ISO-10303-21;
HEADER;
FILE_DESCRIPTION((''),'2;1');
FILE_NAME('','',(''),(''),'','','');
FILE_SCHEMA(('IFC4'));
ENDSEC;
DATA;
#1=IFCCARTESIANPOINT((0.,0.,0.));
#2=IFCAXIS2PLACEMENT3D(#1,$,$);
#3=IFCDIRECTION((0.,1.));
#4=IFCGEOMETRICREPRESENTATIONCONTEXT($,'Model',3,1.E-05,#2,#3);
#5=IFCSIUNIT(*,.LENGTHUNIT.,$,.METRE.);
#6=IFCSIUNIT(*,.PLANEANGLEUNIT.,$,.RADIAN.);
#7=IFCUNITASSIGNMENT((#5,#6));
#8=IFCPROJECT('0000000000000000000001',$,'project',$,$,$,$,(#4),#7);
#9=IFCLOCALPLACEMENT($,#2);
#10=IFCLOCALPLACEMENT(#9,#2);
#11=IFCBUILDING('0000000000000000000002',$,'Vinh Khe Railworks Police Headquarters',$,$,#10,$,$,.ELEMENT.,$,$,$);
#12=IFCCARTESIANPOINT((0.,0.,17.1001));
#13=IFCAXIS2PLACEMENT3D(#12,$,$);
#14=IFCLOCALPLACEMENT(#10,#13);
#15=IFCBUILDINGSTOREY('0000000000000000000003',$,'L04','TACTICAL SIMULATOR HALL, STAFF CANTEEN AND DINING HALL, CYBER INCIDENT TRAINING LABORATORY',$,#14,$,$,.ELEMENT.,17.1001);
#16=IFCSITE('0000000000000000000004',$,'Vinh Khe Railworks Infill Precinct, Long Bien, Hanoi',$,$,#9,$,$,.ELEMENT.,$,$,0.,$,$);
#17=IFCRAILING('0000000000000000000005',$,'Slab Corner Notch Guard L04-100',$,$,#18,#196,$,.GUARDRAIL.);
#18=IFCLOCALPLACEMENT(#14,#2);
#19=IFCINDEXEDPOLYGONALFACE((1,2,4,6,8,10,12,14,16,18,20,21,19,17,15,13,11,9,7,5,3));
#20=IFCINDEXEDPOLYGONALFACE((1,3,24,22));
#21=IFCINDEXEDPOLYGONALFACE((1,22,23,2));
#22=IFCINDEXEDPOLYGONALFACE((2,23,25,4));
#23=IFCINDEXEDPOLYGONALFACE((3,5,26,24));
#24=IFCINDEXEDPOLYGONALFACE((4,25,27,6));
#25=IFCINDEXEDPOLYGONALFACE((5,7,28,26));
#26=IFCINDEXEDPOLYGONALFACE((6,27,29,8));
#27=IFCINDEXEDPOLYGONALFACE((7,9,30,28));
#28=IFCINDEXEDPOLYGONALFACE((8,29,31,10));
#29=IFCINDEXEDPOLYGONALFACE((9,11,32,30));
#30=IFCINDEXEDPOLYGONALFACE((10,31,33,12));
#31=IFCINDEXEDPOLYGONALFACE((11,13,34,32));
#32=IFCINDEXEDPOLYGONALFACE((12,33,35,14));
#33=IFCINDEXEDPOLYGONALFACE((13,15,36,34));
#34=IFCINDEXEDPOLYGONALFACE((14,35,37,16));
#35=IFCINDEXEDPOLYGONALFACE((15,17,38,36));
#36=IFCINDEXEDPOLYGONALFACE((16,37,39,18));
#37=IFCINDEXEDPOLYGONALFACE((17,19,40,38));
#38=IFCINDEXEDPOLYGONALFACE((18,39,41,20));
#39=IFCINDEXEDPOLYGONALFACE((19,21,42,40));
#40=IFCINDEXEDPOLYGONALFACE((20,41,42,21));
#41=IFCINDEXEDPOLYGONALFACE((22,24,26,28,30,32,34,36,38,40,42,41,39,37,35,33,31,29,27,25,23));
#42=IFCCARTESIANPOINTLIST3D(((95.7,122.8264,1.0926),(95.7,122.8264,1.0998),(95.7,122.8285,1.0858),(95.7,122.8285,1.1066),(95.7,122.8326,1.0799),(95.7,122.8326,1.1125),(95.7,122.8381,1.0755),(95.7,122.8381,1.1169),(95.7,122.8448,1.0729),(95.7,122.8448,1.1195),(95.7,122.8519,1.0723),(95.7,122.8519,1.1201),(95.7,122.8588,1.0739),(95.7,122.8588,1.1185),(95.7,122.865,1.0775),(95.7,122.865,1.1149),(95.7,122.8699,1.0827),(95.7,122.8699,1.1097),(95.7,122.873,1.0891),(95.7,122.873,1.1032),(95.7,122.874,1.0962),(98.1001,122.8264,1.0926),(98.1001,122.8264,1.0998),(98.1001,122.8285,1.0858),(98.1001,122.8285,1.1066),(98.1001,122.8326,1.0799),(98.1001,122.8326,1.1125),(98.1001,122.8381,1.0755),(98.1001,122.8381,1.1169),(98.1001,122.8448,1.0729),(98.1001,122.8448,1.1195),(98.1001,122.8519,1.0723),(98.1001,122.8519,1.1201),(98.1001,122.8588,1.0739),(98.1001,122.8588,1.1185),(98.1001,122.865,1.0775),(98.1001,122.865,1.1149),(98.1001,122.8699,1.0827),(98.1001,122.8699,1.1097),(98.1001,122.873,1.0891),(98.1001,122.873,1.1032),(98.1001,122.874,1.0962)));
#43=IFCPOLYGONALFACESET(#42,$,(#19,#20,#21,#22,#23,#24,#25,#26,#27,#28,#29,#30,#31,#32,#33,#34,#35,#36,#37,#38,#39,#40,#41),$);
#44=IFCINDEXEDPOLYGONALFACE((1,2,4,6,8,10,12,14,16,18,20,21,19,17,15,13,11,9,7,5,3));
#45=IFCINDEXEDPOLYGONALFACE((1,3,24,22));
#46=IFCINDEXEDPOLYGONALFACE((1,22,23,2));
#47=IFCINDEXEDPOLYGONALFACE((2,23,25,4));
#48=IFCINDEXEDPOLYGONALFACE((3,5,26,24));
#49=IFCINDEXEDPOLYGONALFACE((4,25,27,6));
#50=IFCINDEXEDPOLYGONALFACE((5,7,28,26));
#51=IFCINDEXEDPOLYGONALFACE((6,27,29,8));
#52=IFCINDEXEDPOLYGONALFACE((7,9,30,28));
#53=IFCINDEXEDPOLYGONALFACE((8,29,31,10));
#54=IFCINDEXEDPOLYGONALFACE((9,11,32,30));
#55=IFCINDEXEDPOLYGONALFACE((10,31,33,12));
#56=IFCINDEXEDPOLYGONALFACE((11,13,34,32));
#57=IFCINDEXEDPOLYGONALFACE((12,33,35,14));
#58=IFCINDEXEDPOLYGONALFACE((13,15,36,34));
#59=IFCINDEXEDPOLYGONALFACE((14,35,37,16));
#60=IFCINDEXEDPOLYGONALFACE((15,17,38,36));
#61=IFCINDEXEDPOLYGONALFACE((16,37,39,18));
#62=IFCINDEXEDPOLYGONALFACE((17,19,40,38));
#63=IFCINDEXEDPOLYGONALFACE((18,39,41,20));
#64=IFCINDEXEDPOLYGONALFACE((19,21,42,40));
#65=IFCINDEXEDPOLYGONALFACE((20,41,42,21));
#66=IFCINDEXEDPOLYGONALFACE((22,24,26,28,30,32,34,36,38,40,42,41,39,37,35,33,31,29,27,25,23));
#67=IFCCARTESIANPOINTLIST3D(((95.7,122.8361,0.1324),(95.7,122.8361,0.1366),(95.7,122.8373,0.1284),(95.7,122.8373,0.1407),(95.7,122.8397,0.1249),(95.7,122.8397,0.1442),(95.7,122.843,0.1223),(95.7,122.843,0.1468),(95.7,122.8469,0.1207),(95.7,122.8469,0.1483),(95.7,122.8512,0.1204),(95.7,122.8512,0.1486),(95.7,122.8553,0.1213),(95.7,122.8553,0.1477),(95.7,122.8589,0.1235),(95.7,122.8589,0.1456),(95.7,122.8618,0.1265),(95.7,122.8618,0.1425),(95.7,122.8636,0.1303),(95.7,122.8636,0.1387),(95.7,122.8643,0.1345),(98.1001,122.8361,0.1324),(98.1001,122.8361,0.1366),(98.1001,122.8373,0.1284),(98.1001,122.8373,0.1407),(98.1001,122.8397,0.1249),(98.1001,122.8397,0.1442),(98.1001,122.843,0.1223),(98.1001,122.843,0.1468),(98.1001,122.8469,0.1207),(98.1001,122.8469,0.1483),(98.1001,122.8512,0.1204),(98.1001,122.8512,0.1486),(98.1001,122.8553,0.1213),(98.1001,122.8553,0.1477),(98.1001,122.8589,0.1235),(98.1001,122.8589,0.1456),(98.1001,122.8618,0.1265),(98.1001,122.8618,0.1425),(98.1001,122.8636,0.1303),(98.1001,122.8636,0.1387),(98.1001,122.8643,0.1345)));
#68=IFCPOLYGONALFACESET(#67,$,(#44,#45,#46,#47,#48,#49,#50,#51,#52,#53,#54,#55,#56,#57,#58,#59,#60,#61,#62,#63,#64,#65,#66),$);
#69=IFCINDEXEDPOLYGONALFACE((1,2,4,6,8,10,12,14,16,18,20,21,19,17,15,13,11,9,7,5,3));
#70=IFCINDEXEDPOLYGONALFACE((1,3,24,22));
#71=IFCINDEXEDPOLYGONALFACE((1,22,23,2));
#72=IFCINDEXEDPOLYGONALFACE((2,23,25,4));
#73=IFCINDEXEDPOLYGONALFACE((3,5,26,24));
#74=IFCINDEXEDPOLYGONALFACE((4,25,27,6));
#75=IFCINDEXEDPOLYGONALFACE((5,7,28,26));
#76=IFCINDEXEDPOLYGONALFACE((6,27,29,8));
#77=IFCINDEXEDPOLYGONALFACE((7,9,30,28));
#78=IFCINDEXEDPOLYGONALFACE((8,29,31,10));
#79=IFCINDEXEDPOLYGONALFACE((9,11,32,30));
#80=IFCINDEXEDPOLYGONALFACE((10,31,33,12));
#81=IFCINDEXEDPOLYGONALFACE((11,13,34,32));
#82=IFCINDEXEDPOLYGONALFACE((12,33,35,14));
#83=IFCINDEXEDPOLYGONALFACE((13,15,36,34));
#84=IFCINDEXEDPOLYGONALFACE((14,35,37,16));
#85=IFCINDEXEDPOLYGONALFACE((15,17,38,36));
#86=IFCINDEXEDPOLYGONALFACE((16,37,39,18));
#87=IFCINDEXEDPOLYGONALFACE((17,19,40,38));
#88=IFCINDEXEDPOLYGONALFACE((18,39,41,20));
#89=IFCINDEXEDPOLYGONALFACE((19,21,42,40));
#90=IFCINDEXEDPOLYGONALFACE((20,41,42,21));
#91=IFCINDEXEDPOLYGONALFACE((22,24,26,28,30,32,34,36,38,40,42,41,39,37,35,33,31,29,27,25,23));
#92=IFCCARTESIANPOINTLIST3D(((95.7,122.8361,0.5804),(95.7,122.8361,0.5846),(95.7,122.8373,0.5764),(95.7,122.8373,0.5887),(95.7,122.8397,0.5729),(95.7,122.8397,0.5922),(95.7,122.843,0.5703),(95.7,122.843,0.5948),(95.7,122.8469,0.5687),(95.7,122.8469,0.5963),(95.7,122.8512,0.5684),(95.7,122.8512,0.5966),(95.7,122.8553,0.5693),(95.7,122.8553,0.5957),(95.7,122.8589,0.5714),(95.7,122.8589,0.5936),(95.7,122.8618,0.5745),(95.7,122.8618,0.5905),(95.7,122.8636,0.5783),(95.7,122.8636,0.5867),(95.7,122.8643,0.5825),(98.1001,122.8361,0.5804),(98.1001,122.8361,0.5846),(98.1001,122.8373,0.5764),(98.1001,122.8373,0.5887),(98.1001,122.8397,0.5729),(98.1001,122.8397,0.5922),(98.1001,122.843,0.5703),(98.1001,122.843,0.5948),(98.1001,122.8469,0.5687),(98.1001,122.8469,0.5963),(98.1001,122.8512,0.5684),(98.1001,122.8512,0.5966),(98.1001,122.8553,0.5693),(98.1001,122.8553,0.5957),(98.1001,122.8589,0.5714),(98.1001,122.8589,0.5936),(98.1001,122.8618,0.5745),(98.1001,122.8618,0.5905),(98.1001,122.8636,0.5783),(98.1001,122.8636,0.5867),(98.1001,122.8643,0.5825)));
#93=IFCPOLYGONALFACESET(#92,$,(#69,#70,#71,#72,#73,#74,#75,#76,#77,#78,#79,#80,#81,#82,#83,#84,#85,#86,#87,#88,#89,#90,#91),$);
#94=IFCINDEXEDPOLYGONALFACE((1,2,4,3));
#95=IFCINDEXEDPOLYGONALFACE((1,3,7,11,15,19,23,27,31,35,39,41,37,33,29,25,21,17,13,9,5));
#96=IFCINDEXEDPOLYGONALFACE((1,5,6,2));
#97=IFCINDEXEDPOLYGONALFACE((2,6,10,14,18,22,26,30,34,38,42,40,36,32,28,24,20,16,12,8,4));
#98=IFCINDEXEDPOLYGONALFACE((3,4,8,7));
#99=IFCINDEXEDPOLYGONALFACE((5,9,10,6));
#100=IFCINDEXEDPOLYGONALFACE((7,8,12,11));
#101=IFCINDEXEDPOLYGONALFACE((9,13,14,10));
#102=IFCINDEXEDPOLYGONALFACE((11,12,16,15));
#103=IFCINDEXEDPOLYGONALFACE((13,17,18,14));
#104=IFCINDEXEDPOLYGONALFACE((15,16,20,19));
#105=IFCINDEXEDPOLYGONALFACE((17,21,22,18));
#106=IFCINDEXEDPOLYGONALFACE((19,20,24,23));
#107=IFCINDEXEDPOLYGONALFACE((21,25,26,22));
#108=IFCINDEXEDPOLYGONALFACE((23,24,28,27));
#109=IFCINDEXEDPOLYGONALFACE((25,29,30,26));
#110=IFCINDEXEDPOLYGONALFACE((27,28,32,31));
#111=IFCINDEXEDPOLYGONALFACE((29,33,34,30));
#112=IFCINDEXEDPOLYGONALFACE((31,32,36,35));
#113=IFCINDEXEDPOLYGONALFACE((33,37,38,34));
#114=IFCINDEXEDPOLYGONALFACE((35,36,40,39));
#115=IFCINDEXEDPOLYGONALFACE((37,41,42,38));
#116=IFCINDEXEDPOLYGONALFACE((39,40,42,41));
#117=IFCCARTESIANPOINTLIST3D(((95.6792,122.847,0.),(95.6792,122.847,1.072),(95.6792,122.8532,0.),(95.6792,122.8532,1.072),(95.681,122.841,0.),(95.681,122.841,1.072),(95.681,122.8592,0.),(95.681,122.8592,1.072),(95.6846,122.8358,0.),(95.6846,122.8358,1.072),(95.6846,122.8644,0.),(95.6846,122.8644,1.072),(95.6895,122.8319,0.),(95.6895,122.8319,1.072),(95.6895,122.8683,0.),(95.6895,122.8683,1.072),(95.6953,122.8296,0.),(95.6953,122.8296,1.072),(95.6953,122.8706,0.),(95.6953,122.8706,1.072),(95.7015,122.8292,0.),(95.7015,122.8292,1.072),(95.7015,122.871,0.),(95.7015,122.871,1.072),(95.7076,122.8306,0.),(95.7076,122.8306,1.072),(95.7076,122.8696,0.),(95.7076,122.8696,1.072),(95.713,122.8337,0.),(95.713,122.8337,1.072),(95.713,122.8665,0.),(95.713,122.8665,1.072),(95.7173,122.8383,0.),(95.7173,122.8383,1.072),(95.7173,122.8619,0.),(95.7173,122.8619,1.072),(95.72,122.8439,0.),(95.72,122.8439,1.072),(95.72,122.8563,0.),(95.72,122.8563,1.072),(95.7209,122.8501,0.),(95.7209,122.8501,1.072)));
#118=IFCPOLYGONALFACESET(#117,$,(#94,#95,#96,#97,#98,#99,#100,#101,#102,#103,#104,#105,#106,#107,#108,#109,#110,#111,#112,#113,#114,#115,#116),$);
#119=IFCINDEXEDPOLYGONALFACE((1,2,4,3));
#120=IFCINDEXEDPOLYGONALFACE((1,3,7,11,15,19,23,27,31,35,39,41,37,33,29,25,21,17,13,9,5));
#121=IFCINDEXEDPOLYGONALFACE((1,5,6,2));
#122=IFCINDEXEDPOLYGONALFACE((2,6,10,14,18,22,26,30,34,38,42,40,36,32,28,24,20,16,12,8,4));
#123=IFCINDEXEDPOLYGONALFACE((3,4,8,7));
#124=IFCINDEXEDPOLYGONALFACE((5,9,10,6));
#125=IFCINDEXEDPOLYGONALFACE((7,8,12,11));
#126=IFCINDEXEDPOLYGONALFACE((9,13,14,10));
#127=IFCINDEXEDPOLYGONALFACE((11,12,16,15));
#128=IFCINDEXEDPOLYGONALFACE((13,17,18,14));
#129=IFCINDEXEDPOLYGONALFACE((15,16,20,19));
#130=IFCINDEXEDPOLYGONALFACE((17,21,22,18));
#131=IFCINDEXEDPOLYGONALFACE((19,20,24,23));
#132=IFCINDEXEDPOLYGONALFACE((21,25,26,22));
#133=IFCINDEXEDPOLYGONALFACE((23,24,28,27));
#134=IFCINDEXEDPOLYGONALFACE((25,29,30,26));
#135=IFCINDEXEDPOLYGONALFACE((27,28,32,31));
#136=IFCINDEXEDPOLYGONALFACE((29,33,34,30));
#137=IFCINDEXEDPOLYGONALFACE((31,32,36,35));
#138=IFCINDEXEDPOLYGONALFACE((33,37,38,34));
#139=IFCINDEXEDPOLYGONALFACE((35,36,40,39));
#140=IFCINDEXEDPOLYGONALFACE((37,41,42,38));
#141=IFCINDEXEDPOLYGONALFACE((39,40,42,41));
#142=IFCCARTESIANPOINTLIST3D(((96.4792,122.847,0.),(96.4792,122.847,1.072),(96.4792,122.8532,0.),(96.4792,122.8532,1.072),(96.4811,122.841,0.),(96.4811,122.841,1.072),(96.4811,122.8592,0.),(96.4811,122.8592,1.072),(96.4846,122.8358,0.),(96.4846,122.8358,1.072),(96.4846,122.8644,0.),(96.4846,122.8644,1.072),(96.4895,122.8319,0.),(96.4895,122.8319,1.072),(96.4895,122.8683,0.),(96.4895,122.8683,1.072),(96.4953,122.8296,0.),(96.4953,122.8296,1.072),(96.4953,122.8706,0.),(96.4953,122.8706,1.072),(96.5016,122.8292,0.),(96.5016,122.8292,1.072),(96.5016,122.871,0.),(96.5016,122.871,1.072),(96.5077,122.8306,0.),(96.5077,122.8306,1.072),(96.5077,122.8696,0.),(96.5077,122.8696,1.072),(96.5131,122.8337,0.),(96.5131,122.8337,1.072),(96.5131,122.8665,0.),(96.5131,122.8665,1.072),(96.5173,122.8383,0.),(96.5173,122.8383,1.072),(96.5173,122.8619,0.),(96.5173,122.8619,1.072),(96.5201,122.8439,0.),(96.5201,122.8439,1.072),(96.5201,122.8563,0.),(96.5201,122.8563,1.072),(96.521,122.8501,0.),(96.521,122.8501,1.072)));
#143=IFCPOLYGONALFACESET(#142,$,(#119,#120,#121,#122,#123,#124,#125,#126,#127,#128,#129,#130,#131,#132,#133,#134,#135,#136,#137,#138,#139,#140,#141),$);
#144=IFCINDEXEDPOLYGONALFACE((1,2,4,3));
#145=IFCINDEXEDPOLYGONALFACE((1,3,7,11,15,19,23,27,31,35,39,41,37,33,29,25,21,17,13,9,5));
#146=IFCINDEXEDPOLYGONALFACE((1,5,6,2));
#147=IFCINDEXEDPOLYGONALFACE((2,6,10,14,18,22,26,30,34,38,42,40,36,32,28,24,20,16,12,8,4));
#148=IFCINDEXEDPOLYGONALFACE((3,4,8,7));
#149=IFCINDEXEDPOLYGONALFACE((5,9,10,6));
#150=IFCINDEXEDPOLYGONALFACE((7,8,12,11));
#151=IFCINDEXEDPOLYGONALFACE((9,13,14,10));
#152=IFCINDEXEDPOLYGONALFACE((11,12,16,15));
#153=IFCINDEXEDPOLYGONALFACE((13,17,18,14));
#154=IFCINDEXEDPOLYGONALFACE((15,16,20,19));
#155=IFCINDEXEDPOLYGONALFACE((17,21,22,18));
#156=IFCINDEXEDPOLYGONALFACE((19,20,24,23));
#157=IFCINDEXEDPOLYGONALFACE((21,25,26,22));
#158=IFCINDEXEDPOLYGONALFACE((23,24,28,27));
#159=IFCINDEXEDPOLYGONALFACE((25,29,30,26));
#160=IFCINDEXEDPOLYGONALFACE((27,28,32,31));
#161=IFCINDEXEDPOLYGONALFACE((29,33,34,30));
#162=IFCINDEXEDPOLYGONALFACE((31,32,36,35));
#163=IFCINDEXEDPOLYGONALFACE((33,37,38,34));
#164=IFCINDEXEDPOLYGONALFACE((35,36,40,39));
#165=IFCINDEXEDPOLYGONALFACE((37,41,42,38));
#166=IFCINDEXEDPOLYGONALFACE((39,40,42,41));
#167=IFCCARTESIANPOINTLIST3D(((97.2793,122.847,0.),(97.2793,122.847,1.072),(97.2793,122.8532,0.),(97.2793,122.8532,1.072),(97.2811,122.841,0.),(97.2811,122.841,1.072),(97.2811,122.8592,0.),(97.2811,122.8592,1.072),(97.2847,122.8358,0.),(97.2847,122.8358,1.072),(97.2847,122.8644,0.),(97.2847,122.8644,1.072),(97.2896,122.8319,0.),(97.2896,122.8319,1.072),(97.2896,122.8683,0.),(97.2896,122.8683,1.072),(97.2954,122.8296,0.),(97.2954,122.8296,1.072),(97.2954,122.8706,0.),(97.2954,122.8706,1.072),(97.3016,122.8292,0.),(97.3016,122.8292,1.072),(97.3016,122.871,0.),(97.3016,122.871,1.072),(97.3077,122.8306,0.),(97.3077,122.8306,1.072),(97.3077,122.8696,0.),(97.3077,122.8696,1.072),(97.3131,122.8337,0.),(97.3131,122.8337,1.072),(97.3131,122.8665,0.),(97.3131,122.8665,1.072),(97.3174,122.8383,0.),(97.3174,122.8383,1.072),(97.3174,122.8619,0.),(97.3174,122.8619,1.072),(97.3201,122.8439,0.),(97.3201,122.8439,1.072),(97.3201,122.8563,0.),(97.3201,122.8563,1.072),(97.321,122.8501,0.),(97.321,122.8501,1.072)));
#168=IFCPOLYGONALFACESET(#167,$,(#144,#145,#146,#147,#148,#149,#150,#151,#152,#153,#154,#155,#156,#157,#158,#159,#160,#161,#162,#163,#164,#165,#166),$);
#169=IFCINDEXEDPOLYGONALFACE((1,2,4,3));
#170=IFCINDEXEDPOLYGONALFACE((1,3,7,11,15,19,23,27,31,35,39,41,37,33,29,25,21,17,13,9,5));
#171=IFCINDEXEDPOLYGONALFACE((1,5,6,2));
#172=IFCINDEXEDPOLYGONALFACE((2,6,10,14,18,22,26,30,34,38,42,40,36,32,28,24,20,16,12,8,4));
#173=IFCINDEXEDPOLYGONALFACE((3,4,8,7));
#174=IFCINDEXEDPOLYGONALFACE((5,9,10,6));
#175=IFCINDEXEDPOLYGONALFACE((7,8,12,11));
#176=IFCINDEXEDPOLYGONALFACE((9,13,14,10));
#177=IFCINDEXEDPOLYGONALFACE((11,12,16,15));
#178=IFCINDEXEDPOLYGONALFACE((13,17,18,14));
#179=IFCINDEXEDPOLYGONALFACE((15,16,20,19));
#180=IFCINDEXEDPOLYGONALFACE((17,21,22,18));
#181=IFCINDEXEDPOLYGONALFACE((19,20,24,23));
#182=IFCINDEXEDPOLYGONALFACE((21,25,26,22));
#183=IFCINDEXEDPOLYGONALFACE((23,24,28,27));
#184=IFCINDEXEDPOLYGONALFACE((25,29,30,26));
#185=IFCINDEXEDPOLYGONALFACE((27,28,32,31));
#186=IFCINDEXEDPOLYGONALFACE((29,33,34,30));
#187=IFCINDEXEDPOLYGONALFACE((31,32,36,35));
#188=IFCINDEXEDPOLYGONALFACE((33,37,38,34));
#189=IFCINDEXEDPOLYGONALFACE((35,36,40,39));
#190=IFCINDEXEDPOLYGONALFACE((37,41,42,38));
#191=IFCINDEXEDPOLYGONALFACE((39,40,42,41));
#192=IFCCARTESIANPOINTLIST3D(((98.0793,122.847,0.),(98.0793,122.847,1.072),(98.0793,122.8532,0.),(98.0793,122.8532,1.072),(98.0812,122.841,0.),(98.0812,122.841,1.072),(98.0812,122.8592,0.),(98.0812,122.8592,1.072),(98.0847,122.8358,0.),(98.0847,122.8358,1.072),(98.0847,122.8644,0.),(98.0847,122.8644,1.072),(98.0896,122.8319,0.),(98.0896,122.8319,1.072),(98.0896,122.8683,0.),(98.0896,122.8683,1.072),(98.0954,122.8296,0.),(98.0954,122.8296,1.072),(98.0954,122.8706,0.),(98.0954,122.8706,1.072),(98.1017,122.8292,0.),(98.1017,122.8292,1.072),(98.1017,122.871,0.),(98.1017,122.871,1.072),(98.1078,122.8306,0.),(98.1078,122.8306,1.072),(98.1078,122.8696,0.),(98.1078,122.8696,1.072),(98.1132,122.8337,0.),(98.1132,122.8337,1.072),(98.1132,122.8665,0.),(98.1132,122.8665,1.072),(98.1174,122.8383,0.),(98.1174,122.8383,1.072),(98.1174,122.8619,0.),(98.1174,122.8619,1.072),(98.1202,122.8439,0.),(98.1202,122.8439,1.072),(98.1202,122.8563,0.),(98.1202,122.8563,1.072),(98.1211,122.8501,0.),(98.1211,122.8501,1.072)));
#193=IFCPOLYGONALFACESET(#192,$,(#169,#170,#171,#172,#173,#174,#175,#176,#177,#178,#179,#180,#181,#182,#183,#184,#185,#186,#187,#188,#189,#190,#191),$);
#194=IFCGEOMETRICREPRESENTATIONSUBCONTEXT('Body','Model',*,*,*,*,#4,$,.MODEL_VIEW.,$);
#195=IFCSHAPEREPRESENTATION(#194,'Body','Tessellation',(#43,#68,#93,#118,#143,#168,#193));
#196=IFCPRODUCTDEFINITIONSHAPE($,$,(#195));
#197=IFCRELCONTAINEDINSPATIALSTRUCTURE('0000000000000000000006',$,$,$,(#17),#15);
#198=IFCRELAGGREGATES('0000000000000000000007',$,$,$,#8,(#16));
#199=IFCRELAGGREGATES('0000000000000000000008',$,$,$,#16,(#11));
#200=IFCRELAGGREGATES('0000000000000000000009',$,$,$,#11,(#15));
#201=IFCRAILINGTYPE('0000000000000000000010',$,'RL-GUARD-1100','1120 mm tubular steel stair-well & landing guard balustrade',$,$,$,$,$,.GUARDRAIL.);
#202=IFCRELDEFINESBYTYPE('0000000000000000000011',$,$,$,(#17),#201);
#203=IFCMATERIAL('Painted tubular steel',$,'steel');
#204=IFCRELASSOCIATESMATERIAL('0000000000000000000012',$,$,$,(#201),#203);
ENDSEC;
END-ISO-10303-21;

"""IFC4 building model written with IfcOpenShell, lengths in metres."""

from ifc_helpers import new_model, si_unit, direction, frame, origin, origin_2d, place, context, subcontext, project, spatial, circle, extrude, material, type_object, element, save


model = new_model("IFC4")

# Units and contexts
model_context = context("Model", 3, precision=1e-05, world=origin(), true_north=direction((0.0, 1.0)))
body_context = subcontext(model_context, "Body", "Model", "MODEL_VIEW")
ifc_project = project(units=[si_unit("LENGTHUNIT", "METRE"), si_unit("PLANEANGLEUNIT", "RADIAN")], contexts=[model_context])

# Site, building, storey
site_placement = place(None, origin())
site = spatial("IfcSite", under=ifc_project, at=site_placement, Name="Vinh Khe Railworks Infill Precinct, Long Bien, Hanoi", CompositionType="ELEMENT", RefElevation=0.0)
building_placement = place(site_placement, origin())
building = spatial("IfcBuilding", under=site, at=building_placement, Name="Vinh Khe Railworks Police Headquarters", CompositionType="ELEMENT")
storey_placement = place(building_placement, frame((0.0, 0.0, 17.1001)))
storey = spatial("IfcBuildingStorey", under=building, at=storey_placement, Name="L04", Description="TACTICAL SIMULATOR HALL, STAFF CANTEEN AND DINING HALL, CYBER INCIDENT TRAINING LABORATORY", CompositionType="ELEMENT", Elevation=17.1001)

# Railing
ifc_material_1 = material(Name="Painted tubular steel", Category="steel")
railing_type = type_object("IfcRailingType", Name="RL-GUARD-1100", Description="1120 mm tubular steel stair-well & landing guard balustrade", PredefinedType="GUARDRAIL", material=ifc_material_1)
railing_1_placement = place(storey_placement, frame((95.7, 122.8501, 0.0)))
element("IfcRailing", 1, at=railing_1_placement, inside=storey, type_object=railing_type, Name="Slab Corner Notch Guard L04-100", PredefinedType="GUARDRAIL", context=body_context, shape_type="SweptSolid", body=[
    extrude(circle(Radius=0.0239, at=origin_2d()), frame((0.0, 0.0, 1.0962), z_axis=(1.0, 0.0, 0.0), x_axis=(0.0, 1.0, 0.0)), (0.0, 0.0, 1.0), 2.4001),
    extrude(circle(Radius=0.0142, at=origin_2d()), frame((0.0, 0.0, 0.1345), z_axis=(1.0, 0.0, 0.0), x_axis=(0.0, 1.0, 0.0)), (0.0, 0.0, 1.0), 2.4001),
    extrude(circle(Radius=0.0142, at=origin_2d()), frame((0.0, 0.0, 0.5825), z_axis=(1.0, 0.0, 0.0), x_axis=(0.0, 1.0, 0.0)), (0.0, 0.0, 1.0), 2.4001),
    extrude(circle(Radius=0.021, at=origin_2d()), origin(), (0.0, 0.0, 1.0), 1.072),
    extrude(circle(Radius=0.021, at=origin_2d()), frame((0.8, 0.0, 0.0)), (0.0, 0.0, 1.0), 1.072),
    extrude(circle(Radius=0.021, at=origin_2d()), frame((1.6001, 0.0, 0.0)), (0.0, 0.0, 1.0), 1.072),
    extrude(circle(Radius=0.021, at=origin_2d()), frame((2.4001, 0.0, 0.0)), (0.0, 0.0, 1.0), 1.072),
])

save(model, "model.ifc")
